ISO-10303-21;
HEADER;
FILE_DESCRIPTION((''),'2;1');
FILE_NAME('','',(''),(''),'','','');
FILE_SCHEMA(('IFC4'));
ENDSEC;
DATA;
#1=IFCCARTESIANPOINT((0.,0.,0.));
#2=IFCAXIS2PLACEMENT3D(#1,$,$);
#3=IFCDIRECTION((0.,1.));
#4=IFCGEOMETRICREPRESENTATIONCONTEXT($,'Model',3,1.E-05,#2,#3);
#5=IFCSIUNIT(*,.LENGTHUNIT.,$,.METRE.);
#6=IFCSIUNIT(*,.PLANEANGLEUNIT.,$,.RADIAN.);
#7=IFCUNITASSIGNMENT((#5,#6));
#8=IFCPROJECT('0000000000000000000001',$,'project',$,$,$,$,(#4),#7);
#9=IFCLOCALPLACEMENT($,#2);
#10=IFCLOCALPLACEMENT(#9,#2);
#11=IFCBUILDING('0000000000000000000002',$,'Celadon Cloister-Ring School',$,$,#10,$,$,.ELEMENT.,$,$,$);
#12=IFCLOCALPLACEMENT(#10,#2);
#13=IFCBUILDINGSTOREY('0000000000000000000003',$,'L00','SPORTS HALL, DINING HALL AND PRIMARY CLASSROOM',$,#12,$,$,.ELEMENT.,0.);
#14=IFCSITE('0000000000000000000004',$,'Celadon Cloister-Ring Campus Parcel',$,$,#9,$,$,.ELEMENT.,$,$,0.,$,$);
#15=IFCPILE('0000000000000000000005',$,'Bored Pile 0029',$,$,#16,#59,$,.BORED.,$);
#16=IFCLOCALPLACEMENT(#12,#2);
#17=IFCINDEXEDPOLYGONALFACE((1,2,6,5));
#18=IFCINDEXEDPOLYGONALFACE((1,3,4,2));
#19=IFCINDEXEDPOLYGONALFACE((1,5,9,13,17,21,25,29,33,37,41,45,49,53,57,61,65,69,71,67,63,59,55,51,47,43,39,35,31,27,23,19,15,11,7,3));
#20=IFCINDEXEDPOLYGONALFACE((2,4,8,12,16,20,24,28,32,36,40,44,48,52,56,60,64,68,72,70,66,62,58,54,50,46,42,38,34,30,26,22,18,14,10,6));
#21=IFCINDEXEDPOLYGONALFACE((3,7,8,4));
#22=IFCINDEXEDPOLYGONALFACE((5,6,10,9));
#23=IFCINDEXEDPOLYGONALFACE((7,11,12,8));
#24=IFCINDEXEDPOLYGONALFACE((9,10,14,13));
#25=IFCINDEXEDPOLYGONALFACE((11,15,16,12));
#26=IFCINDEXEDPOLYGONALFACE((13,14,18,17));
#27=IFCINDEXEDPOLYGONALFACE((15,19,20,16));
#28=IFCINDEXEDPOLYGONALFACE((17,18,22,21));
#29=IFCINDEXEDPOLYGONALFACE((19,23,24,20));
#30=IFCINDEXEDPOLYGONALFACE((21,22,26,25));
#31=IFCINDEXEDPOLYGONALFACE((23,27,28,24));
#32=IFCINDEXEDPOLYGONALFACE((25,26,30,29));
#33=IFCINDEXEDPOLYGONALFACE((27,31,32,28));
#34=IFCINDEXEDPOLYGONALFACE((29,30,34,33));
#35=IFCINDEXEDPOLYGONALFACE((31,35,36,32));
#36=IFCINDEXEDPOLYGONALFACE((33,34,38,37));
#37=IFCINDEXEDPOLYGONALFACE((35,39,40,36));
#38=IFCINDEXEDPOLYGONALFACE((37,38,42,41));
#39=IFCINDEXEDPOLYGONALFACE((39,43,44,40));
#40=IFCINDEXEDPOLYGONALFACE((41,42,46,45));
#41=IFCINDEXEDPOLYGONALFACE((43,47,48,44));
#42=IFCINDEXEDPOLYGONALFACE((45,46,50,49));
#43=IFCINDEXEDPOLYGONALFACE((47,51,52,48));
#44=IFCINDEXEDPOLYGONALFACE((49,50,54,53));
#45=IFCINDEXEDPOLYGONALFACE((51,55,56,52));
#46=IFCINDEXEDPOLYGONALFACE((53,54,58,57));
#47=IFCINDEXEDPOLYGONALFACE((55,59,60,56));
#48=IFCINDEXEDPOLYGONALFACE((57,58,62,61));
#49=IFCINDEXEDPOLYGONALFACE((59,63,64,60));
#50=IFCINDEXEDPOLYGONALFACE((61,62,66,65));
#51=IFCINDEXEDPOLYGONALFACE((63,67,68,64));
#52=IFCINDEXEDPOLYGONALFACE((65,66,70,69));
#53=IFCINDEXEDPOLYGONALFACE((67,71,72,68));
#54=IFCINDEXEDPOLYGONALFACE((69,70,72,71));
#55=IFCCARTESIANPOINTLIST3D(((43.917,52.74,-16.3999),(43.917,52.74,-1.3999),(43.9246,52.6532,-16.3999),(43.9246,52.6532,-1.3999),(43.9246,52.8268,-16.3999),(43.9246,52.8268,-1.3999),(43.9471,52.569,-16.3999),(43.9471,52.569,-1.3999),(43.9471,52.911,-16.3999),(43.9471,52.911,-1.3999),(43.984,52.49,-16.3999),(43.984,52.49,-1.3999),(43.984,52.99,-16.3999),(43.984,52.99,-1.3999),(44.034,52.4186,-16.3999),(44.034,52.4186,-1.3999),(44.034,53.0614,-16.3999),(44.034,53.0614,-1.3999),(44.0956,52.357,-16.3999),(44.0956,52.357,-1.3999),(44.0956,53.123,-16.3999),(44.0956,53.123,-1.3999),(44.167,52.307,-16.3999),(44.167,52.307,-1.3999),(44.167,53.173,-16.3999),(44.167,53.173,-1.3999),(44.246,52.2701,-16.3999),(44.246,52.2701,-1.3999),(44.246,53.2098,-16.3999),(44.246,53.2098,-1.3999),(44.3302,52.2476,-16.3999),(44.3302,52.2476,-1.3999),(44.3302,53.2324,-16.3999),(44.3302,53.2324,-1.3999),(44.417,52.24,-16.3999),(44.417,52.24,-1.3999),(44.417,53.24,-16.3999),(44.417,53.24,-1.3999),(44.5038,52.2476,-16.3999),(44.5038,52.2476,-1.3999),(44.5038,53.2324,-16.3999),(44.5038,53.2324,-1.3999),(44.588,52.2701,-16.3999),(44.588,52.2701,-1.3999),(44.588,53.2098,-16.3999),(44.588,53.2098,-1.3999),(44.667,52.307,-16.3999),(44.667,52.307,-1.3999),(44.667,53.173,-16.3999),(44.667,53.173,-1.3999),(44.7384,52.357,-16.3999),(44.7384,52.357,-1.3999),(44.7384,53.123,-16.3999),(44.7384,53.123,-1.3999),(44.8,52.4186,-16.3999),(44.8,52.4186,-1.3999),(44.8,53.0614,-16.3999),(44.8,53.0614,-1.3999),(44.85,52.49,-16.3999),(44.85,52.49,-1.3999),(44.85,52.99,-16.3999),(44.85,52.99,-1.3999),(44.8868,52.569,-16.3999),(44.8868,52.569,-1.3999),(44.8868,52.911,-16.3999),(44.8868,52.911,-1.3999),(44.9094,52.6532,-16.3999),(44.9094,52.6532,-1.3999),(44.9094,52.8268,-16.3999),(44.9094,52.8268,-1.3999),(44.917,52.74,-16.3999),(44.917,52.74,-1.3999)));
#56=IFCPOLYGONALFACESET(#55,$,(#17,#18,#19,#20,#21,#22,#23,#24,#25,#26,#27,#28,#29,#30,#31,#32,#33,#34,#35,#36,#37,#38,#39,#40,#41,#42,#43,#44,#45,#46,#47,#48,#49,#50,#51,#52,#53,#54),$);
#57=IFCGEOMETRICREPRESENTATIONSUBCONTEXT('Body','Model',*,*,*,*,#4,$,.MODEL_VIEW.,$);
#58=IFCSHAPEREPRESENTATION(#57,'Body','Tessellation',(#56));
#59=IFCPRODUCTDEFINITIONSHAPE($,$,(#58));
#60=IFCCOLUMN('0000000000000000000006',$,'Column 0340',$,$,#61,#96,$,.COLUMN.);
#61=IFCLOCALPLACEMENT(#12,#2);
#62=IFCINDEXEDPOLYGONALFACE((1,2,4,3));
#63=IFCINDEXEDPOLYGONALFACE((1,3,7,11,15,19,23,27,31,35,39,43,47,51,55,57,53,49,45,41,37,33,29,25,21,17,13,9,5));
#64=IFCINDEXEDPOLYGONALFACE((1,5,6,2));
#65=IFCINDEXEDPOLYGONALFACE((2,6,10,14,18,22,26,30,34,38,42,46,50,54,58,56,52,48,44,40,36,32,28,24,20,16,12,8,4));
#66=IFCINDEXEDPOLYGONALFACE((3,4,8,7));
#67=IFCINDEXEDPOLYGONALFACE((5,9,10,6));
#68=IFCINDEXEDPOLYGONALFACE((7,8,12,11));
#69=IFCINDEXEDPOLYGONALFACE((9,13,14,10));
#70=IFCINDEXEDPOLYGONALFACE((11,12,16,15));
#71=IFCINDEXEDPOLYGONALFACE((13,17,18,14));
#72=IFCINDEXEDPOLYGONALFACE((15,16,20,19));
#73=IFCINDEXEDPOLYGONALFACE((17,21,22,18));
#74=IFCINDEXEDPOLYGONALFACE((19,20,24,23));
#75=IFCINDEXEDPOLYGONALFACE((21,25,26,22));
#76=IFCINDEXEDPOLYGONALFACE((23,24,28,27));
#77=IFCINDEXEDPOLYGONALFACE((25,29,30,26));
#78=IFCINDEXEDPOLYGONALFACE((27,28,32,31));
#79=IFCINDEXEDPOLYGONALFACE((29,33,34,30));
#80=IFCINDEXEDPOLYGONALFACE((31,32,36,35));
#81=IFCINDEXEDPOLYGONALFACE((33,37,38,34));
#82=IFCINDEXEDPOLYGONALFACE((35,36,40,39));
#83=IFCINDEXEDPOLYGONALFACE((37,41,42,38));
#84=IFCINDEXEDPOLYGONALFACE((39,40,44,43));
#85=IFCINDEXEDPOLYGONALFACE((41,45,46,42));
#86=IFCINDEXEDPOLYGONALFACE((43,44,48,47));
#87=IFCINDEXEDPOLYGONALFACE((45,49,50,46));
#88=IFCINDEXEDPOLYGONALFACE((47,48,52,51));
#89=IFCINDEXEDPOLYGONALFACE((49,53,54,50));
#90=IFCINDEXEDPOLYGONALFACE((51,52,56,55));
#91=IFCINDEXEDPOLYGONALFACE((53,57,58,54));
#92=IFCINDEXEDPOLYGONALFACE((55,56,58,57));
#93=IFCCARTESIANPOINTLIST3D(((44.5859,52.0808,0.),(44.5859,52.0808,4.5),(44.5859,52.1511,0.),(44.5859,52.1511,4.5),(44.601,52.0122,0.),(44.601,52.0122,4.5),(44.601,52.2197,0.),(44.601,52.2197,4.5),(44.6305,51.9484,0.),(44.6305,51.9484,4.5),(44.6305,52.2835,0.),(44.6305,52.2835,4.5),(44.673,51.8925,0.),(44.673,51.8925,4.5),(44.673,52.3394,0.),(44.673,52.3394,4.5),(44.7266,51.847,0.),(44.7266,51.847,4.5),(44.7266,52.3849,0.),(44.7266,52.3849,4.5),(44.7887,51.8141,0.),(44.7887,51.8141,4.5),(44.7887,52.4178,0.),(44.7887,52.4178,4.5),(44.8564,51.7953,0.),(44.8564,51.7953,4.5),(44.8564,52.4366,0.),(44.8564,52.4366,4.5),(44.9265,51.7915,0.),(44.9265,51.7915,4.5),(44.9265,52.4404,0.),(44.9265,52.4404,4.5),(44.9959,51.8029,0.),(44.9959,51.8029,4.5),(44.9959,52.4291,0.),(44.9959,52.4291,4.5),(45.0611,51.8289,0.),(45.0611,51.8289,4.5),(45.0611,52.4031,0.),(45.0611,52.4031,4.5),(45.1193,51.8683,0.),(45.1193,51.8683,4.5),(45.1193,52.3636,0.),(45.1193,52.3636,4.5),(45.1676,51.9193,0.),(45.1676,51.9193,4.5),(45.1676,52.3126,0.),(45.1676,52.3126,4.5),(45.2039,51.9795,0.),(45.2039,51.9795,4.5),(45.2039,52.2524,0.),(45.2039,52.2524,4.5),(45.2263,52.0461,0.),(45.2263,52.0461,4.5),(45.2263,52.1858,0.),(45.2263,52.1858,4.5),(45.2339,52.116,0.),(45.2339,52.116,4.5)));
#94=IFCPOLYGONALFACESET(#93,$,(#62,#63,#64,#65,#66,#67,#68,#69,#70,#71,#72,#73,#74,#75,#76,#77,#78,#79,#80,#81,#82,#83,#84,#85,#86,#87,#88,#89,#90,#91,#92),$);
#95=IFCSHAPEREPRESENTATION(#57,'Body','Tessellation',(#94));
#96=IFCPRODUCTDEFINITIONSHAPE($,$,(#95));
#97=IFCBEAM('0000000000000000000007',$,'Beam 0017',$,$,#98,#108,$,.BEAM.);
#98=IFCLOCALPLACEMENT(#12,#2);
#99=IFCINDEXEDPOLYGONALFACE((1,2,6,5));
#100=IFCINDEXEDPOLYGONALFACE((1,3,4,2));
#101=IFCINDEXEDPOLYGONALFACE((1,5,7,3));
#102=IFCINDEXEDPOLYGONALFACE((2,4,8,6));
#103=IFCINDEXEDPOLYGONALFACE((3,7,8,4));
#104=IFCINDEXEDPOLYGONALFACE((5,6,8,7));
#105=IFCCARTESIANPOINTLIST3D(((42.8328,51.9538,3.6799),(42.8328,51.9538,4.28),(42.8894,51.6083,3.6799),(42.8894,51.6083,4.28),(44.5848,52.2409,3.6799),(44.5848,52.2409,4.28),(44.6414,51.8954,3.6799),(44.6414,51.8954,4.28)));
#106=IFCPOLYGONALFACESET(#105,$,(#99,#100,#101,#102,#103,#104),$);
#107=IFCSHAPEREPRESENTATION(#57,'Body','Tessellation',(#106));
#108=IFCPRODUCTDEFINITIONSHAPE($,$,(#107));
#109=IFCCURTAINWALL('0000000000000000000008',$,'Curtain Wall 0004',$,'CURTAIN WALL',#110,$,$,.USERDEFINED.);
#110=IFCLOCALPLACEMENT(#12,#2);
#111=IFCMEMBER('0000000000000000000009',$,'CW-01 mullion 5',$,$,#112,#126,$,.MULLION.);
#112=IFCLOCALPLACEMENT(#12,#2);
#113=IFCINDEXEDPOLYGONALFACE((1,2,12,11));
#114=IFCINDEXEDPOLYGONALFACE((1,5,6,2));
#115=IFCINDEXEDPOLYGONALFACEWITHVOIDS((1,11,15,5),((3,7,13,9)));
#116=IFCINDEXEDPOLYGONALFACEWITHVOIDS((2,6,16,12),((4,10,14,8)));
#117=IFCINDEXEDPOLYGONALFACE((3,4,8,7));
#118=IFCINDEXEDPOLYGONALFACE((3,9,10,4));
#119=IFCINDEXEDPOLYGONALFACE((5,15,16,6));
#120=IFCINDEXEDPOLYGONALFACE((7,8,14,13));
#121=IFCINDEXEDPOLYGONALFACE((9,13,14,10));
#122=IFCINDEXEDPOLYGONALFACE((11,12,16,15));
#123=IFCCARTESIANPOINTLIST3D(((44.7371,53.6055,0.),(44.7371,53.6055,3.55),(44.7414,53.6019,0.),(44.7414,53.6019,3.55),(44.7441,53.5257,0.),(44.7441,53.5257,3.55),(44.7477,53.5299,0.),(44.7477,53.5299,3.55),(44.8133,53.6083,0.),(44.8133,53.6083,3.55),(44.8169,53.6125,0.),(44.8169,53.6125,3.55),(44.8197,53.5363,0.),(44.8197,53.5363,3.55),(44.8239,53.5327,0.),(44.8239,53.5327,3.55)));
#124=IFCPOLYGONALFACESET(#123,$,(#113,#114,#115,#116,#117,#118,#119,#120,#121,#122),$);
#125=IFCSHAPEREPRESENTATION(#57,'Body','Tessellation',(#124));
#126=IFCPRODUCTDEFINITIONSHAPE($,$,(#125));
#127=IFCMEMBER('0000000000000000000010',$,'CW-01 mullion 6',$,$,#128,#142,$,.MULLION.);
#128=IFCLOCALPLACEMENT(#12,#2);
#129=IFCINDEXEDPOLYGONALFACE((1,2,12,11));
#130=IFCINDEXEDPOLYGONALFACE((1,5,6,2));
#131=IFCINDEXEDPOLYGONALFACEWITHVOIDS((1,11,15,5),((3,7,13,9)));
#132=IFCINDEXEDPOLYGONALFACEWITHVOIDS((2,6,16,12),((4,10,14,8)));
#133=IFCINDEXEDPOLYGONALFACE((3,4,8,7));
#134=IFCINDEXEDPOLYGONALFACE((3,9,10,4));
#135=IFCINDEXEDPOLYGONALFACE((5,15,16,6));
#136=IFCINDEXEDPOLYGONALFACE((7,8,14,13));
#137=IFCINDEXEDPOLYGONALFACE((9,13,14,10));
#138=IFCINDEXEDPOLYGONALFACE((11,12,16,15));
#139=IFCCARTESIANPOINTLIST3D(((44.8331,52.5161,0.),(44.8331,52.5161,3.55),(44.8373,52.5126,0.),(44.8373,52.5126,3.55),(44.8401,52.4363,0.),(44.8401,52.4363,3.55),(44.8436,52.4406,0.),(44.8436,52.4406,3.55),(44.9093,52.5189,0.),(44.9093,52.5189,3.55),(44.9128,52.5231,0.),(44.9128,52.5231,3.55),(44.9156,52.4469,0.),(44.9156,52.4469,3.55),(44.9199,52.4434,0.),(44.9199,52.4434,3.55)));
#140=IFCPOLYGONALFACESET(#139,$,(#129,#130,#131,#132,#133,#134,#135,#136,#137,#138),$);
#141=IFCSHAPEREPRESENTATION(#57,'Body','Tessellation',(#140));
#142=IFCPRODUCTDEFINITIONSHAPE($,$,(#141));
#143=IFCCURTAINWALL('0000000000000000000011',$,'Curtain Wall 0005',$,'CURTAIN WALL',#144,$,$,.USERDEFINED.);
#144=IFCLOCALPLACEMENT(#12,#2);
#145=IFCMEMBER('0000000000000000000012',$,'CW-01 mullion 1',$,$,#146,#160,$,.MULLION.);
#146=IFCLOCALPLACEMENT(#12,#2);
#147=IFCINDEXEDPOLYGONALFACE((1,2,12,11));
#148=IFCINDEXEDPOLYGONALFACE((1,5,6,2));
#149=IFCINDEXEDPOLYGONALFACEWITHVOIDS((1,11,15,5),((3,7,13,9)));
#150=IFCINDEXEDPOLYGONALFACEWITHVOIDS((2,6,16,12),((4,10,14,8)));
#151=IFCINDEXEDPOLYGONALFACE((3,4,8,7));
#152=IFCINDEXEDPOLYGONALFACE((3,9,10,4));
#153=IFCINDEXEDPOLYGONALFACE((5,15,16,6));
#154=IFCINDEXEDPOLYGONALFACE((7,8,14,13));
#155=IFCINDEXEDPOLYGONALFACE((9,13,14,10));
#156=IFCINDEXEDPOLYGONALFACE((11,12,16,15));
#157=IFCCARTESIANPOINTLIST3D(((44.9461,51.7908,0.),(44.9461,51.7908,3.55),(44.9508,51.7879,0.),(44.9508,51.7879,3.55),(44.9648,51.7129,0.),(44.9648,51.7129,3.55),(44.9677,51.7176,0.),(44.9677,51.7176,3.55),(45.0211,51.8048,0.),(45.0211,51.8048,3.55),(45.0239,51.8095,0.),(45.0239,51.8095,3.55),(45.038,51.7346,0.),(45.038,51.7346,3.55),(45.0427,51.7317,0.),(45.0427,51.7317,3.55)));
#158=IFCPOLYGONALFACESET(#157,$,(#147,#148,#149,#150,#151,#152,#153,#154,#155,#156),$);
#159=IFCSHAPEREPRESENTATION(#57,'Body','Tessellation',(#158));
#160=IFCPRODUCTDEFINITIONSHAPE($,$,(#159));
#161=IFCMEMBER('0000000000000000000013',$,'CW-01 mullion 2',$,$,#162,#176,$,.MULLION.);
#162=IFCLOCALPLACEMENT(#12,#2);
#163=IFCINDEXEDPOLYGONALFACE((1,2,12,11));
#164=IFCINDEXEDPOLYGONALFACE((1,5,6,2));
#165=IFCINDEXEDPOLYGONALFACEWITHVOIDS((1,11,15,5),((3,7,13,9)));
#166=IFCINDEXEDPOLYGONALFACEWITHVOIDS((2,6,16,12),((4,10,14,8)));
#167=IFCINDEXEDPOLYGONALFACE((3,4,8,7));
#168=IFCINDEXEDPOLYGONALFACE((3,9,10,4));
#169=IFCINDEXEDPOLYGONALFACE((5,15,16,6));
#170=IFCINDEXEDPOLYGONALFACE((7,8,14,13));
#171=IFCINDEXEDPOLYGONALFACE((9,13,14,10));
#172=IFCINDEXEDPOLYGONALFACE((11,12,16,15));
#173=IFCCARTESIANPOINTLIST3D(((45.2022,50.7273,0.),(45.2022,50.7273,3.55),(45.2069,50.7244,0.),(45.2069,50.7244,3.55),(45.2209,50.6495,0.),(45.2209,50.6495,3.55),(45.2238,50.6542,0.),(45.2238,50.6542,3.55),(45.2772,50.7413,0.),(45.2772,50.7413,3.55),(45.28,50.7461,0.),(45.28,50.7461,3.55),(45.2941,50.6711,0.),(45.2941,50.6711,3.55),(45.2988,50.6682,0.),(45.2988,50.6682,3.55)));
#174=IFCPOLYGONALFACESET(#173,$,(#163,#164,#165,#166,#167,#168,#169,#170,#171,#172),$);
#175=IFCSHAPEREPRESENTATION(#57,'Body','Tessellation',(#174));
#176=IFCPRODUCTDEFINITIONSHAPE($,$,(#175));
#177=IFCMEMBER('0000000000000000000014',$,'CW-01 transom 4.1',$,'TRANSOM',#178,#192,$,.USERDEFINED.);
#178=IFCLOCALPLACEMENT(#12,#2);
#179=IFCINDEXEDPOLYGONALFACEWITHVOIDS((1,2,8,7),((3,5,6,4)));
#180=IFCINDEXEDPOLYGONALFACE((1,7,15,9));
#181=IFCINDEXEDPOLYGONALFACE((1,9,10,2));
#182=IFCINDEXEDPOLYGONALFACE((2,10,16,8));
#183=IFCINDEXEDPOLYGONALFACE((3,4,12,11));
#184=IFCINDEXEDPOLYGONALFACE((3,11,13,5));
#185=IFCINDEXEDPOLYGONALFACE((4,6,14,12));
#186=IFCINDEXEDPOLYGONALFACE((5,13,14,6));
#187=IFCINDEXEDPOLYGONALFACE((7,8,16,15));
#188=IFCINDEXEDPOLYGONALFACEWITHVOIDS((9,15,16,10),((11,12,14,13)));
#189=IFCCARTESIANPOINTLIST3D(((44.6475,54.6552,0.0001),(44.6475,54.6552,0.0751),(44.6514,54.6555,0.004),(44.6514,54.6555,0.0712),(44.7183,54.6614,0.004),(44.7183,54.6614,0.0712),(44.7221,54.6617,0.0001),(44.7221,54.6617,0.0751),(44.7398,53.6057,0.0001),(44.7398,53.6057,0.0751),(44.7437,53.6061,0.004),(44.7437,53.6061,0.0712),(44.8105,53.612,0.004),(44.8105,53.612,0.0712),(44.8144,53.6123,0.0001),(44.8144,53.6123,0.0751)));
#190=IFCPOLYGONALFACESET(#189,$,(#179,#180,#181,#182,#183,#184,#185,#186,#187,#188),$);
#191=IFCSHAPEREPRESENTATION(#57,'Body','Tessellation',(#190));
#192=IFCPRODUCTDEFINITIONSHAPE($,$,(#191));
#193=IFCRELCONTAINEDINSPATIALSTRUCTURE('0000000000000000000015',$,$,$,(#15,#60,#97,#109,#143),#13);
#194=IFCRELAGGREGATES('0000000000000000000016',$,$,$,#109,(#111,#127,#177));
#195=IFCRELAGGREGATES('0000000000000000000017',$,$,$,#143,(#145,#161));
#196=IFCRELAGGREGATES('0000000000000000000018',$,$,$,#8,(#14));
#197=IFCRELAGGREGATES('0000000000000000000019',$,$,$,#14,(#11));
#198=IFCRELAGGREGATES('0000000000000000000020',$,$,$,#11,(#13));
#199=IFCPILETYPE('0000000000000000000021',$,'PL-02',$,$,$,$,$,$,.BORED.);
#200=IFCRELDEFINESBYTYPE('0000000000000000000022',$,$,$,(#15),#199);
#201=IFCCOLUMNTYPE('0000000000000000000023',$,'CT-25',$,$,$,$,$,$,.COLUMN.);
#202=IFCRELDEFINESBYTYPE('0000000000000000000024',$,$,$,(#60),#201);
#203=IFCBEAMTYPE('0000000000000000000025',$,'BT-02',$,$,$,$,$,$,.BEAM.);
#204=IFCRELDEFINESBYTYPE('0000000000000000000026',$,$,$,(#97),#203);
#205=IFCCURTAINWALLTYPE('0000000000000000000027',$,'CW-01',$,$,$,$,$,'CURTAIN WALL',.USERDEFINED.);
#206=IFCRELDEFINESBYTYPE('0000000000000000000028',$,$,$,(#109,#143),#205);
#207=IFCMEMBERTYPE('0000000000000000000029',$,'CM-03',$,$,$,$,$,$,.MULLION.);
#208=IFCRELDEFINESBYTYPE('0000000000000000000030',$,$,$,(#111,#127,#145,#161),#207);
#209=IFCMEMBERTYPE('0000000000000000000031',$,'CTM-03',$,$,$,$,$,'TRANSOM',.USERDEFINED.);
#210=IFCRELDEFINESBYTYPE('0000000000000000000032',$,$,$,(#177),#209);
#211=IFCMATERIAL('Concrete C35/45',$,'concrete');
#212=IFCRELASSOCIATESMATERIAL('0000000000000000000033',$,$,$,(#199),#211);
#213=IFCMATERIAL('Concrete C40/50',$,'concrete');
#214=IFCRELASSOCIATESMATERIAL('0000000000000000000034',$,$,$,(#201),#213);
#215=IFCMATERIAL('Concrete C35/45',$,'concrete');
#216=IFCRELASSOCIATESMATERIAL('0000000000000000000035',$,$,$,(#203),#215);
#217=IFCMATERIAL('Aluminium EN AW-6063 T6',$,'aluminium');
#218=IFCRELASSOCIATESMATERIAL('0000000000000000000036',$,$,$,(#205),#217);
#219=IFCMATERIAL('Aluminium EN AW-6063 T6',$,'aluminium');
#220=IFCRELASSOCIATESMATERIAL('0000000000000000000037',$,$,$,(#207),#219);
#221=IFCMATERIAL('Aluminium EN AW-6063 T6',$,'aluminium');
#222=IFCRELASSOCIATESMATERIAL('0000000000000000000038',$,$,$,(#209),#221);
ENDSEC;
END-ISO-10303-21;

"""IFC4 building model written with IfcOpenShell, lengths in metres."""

from ifc_helpers import new_model, si_unit, direction, frame, origin, origin_2d, place, context, subcontext, project, spatial, rectangle, hollow_rectangle, circle, extrude, material, material_profile, profile_set, type_object, element, aggregate, save


model = new_model("IFC4")

# Units and contexts
model_context = context("Model", 3, precision=1e-05, world=origin(), true_north=direction((0.0, 1.0)))
body_context = subcontext(model_context, "Body", "Model", "MODEL_VIEW")
ifc_project = project(units=[si_unit("LENGTHUNIT", "METRE"), si_unit("PLANEANGLEUNIT", "RADIAN")], contexts=[model_context])

# Site, building, storey
site_placement = place(None, origin())
site = spatial("IfcSite", under=ifc_project, at=site_placement, Name="Celadon Cloister-Ring Campus Parcel", CompositionType="ELEMENT", RefElevation=0.0)
building_placement = place(site_placement, origin())
building = spatial("IfcBuilding", under=site, at=building_placement, Name="Celadon Cloister-Ring School", CompositionType="ELEMENT")
storey_placement = place(building_placement, origin())
storey = spatial("IfcBuildingStorey", under=building, at=storey_placement, Name="L00", Description="SPORTS HALL, DINING HALL AND PRIMARY CLASSROOM", CompositionType="ELEMENT", Elevation=0.0)

# Pile
ifc_material_1 = material(Name="Concrete C35/45", Category="concrete")
ifc_material_profile_1 = material_profile(ifc_material_1, circle(Radius=0.5, at=origin_2d()), Name="PILE1000")
ifc_profile_set_1 = profile_set([ifc_material_profile_1], Name="Concrete C35/45")
pile_type = type_object("IfcPileType", Name="PL-02", PredefinedType="BORED", material=ifc_profile_set_1)
pile_placement = place(storey_placement, frame((44.417, 52.74, -1.3999), z_axis=(0.0, 0.0, -1.0), x_axis=(1.0, 0.0, 0.0)))
element("IfcPile", 1, at=pile_placement, inside=storey, type_object=pile_type, Name="Bored Pile 0029", PredefinedType="BORED", context=body_context, shape_type="SweptSolid", body=[
    extrude(circle(Radius=0.5, at=origin_2d()), origin(), (0.0, 0.0, 1.0), 15.0),
])

# Column
ifc_material_2 = material(Name="Concrete C40/50", Category="concrete")
ifc_material_profile_2 = material_profile(ifc_material_2, circle(Radius=0.325, at=origin_2d()), Name="CIRC650")
ifc_profile_set_2 = profile_set([ifc_material_profile_2], Name="Concrete C40/50")
column_type = type_object("IfcColumnType", Name="CT-25", PredefinedType="COLUMN", material=ifc_profile_set_2)
column_placement = place(storey_placement, frame((44.9089, 52.116, 0.0), z_axis=(0.0, 0.0, 1.0), x_axis=(1.0, 0.0, 0.0)))
element("IfcColumn", 2, at=column_placement, inside=storey, type_object=column_type, Name="Column 0340", PredefinedType="COLUMN", context=body_context, shape_type="SweptSolid", body=[
    extrude(circle(Radius=0.325, at=origin_2d()), origin(), (0.0, 0.0, 1.0), 4.5),
])

# Beam
ifc_material_3 = material(Name="Concrete C35/45", Category="concrete")
ifc_material_profile_3 = material_profile(ifc_material_3, rectangle(XDim=0.3501, YDim=0.6001, at=origin_2d()), Name="RC350X600")
ifc_profile_set_3 = profile_set([ifc_material_profile_3], Name="Concrete C35/45")
beam_type_1 = type_object("IfcBeamType", Name="BT-02", PredefinedType="BEAM", material=ifc_profile_set_3)
beam_1_placement = place(storey_placement, frame((42.8611, 51.781, 3.98), z_axis=(0.986836, 0.161722, 0.0), x_axis=(-0.161722, 0.986836, 0.0)))
element("IfcBeam", 3, at=beam_1_placement, inside=storey, type_object=beam_type_1, Name="Beam 0017", PredefinedType="BEAM", context=body_context, shape_type="SweptSolid", body=[
    extrude(rectangle(XDim=0.3501, YDim=0.6001, at=origin_2d()), origin(), (0.0, 0.0, 1.0), 1.7754),
])

# Curtain walls, members
ifc_material_4 = material(Name="Aluminium EN AW-6063 T6", Category="aluminium")
curtain_wall_type = type_object("IfcCurtainWallType", Name="CW-01", ElementType="CURTAIN WALL", PredefinedType="USERDEFINED", material=ifc_material_4)
curtain_wall_1_placement = place(storey_placement, origin())
curtain_wall_1 = element("IfcCurtainWall", 4, at=curtain_wall_1_placement, inside=storey, type_object=curtain_wall_type, Name="Curtain Wall 0004", ObjectType="CURTAIN WALL", PredefinedType="USERDEFINED")
ifc_material_5 = material(Name="Aluminium EN AW-6063 T6", Category="aluminium")
ifc_material_profile_4 = material_profile(ifc_material_5, hollow_rectangle(XDim=0.0801, YDim=0.0801, WallThickness=0.0039, at=origin_2d()), Name="RHS80X80X4")
ifc_profile_set_4 = profile_set([ifc_material_profile_4], Name="Aluminium EN AW-6063 T6")
member_type_1 = type_object("IfcMemberType", Name="CM-03", PredefinedType="MULLION", material=ifc_profile_set_4)
member_1_placement = place(storey_placement, frame((44.7805, 53.5691, 0.0), z_axis=(0.0, 0.0, 1.0), x_axis=(0.996148, 0.087688, 0.0)))
member_1 = element("IfcMember", 5, at=member_1_placement, type_object=member_type_1, Name="CW-01 mullion 5", PredefinedType="MULLION", context=body_context, shape_type="SweptSolid", body=[
    extrude(hollow_rectangle(XDim=0.0801, YDim=0.0801, WallThickness=0.0039, at=origin_2d()), origin(), (0.0, 0.0, 1.0), 3.55),
])
member_2_placement = place(storey_placement, frame((44.8765, 52.4797, 0.0), z_axis=(0.0, 0.0, 1.0), x_axis=(0.996148, 0.087688, 0.0)))
member_2 = element("IfcMember", 6, at=member_2_placement, type_object=member_type_1, Name="CW-01 mullion 6", PredefinedType="MULLION", context=body_context, shape_type="SweptSolid", body=[
    extrude(hollow_rectangle(XDim=0.0801, YDim=0.0801, WallThickness=0.0039, at=origin_2d()), origin(), (0.0, 0.0, 1.0), 3.55),
])
curtain_wall_2_placement = place(storey_placement, origin())
curtain_wall_2 = element("IfcCurtainWall", 7, at=curtain_wall_2_placement, inside=storey, type_object=curtain_wall_type, Name="Curtain Wall 0005", ObjectType="CURTAIN WALL", PredefinedType="USERDEFINED")
member_3_placement = place(storey_placement, frame((44.9944, 51.7612, 0.0), z_axis=(0.0, 0.0, 1.0), x_axis=(0.972212, 0.2341, 0.0)))
member_3 = element("IfcMember", 8, at=member_3_placement, type_object=member_type_1, Name="CW-01 mullion 1", PredefinedType="MULLION", context=body_context, shape_type="SweptSolid", body=[
    extrude(hollow_rectangle(XDim=0.0801, YDim=0.0801, WallThickness=0.0039, at=origin_2d()), origin(), (0.0, 0.0, 1.0), 3.55),
])
member_4_placement = place(storey_placement, frame((45.2505, 50.6978, 0.0), z_axis=(0.0, 0.0, 1.0), x_axis=(0.972212, 0.2341, 0.0)))
member_4 = element("IfcMember", 9, at=member_4_placement, type_object=member_type_1, Name="CW-01 mullion 2", PredefinedType="MULLION", context=body_context, shape_type="SweptSolid", body=[
    extrude(hollow_rectangle(XDim=0.0801, YDim=0.0801, WallThickness=0.0039, at=origin_2d()), origin(), (0.0, 0.0, 1.0), 3.55),
])

# Member
ifc_material_6 = material(Name="Aluminium EN AW-6063 T6", Category="aluminium")
ifc_material_profile_5 = material_profile(ifc_material_6, hollow_rectangle(XDim=0.075, YDim=0.075, WallThickness=0.0039, at=origin_2d()), Name="RHS75X75X4")
ifc_profile_set_5 = profile_set([ifc_material_profile_5], Name="Aluminium EN AW-6063 T6")
member_type_2 = type_object("IfcMemberType", Name="CTM-03", ElementType="TRANSOM", PredefinedType="USERDEFINED", material=ifc_profile_set_5)
member_5_placement = place(storey_placement, frame((44.6848, 54.6584, 0.0376), z_axis=(0.08761, -0.996155, 0.0), x_axis=(0.996155, 0.08761, 0.0)))
member_5 = element("IfcMember", 10, at=member_5_placement, type_object=member_type_2, Name="CW-01 transom 4.1", ObjectType="TRANSOM", PredefinedType="USERDEFINED", context=body_context, shape_type="SweptSolid", body=[
    extrude(hollow_rectangle(XDim=0.075, YDim=0.075, WallThickness=0.0039, at=origin_2d()), origin(), (0.0, 0.0, 1.0), 1.0535),
])

aggregate(curtain_wall_1, [member_1, member_2, member_5])
aggregate(curtain_wall_2, [member_3, member_4])

save(model, "model.ifc")
